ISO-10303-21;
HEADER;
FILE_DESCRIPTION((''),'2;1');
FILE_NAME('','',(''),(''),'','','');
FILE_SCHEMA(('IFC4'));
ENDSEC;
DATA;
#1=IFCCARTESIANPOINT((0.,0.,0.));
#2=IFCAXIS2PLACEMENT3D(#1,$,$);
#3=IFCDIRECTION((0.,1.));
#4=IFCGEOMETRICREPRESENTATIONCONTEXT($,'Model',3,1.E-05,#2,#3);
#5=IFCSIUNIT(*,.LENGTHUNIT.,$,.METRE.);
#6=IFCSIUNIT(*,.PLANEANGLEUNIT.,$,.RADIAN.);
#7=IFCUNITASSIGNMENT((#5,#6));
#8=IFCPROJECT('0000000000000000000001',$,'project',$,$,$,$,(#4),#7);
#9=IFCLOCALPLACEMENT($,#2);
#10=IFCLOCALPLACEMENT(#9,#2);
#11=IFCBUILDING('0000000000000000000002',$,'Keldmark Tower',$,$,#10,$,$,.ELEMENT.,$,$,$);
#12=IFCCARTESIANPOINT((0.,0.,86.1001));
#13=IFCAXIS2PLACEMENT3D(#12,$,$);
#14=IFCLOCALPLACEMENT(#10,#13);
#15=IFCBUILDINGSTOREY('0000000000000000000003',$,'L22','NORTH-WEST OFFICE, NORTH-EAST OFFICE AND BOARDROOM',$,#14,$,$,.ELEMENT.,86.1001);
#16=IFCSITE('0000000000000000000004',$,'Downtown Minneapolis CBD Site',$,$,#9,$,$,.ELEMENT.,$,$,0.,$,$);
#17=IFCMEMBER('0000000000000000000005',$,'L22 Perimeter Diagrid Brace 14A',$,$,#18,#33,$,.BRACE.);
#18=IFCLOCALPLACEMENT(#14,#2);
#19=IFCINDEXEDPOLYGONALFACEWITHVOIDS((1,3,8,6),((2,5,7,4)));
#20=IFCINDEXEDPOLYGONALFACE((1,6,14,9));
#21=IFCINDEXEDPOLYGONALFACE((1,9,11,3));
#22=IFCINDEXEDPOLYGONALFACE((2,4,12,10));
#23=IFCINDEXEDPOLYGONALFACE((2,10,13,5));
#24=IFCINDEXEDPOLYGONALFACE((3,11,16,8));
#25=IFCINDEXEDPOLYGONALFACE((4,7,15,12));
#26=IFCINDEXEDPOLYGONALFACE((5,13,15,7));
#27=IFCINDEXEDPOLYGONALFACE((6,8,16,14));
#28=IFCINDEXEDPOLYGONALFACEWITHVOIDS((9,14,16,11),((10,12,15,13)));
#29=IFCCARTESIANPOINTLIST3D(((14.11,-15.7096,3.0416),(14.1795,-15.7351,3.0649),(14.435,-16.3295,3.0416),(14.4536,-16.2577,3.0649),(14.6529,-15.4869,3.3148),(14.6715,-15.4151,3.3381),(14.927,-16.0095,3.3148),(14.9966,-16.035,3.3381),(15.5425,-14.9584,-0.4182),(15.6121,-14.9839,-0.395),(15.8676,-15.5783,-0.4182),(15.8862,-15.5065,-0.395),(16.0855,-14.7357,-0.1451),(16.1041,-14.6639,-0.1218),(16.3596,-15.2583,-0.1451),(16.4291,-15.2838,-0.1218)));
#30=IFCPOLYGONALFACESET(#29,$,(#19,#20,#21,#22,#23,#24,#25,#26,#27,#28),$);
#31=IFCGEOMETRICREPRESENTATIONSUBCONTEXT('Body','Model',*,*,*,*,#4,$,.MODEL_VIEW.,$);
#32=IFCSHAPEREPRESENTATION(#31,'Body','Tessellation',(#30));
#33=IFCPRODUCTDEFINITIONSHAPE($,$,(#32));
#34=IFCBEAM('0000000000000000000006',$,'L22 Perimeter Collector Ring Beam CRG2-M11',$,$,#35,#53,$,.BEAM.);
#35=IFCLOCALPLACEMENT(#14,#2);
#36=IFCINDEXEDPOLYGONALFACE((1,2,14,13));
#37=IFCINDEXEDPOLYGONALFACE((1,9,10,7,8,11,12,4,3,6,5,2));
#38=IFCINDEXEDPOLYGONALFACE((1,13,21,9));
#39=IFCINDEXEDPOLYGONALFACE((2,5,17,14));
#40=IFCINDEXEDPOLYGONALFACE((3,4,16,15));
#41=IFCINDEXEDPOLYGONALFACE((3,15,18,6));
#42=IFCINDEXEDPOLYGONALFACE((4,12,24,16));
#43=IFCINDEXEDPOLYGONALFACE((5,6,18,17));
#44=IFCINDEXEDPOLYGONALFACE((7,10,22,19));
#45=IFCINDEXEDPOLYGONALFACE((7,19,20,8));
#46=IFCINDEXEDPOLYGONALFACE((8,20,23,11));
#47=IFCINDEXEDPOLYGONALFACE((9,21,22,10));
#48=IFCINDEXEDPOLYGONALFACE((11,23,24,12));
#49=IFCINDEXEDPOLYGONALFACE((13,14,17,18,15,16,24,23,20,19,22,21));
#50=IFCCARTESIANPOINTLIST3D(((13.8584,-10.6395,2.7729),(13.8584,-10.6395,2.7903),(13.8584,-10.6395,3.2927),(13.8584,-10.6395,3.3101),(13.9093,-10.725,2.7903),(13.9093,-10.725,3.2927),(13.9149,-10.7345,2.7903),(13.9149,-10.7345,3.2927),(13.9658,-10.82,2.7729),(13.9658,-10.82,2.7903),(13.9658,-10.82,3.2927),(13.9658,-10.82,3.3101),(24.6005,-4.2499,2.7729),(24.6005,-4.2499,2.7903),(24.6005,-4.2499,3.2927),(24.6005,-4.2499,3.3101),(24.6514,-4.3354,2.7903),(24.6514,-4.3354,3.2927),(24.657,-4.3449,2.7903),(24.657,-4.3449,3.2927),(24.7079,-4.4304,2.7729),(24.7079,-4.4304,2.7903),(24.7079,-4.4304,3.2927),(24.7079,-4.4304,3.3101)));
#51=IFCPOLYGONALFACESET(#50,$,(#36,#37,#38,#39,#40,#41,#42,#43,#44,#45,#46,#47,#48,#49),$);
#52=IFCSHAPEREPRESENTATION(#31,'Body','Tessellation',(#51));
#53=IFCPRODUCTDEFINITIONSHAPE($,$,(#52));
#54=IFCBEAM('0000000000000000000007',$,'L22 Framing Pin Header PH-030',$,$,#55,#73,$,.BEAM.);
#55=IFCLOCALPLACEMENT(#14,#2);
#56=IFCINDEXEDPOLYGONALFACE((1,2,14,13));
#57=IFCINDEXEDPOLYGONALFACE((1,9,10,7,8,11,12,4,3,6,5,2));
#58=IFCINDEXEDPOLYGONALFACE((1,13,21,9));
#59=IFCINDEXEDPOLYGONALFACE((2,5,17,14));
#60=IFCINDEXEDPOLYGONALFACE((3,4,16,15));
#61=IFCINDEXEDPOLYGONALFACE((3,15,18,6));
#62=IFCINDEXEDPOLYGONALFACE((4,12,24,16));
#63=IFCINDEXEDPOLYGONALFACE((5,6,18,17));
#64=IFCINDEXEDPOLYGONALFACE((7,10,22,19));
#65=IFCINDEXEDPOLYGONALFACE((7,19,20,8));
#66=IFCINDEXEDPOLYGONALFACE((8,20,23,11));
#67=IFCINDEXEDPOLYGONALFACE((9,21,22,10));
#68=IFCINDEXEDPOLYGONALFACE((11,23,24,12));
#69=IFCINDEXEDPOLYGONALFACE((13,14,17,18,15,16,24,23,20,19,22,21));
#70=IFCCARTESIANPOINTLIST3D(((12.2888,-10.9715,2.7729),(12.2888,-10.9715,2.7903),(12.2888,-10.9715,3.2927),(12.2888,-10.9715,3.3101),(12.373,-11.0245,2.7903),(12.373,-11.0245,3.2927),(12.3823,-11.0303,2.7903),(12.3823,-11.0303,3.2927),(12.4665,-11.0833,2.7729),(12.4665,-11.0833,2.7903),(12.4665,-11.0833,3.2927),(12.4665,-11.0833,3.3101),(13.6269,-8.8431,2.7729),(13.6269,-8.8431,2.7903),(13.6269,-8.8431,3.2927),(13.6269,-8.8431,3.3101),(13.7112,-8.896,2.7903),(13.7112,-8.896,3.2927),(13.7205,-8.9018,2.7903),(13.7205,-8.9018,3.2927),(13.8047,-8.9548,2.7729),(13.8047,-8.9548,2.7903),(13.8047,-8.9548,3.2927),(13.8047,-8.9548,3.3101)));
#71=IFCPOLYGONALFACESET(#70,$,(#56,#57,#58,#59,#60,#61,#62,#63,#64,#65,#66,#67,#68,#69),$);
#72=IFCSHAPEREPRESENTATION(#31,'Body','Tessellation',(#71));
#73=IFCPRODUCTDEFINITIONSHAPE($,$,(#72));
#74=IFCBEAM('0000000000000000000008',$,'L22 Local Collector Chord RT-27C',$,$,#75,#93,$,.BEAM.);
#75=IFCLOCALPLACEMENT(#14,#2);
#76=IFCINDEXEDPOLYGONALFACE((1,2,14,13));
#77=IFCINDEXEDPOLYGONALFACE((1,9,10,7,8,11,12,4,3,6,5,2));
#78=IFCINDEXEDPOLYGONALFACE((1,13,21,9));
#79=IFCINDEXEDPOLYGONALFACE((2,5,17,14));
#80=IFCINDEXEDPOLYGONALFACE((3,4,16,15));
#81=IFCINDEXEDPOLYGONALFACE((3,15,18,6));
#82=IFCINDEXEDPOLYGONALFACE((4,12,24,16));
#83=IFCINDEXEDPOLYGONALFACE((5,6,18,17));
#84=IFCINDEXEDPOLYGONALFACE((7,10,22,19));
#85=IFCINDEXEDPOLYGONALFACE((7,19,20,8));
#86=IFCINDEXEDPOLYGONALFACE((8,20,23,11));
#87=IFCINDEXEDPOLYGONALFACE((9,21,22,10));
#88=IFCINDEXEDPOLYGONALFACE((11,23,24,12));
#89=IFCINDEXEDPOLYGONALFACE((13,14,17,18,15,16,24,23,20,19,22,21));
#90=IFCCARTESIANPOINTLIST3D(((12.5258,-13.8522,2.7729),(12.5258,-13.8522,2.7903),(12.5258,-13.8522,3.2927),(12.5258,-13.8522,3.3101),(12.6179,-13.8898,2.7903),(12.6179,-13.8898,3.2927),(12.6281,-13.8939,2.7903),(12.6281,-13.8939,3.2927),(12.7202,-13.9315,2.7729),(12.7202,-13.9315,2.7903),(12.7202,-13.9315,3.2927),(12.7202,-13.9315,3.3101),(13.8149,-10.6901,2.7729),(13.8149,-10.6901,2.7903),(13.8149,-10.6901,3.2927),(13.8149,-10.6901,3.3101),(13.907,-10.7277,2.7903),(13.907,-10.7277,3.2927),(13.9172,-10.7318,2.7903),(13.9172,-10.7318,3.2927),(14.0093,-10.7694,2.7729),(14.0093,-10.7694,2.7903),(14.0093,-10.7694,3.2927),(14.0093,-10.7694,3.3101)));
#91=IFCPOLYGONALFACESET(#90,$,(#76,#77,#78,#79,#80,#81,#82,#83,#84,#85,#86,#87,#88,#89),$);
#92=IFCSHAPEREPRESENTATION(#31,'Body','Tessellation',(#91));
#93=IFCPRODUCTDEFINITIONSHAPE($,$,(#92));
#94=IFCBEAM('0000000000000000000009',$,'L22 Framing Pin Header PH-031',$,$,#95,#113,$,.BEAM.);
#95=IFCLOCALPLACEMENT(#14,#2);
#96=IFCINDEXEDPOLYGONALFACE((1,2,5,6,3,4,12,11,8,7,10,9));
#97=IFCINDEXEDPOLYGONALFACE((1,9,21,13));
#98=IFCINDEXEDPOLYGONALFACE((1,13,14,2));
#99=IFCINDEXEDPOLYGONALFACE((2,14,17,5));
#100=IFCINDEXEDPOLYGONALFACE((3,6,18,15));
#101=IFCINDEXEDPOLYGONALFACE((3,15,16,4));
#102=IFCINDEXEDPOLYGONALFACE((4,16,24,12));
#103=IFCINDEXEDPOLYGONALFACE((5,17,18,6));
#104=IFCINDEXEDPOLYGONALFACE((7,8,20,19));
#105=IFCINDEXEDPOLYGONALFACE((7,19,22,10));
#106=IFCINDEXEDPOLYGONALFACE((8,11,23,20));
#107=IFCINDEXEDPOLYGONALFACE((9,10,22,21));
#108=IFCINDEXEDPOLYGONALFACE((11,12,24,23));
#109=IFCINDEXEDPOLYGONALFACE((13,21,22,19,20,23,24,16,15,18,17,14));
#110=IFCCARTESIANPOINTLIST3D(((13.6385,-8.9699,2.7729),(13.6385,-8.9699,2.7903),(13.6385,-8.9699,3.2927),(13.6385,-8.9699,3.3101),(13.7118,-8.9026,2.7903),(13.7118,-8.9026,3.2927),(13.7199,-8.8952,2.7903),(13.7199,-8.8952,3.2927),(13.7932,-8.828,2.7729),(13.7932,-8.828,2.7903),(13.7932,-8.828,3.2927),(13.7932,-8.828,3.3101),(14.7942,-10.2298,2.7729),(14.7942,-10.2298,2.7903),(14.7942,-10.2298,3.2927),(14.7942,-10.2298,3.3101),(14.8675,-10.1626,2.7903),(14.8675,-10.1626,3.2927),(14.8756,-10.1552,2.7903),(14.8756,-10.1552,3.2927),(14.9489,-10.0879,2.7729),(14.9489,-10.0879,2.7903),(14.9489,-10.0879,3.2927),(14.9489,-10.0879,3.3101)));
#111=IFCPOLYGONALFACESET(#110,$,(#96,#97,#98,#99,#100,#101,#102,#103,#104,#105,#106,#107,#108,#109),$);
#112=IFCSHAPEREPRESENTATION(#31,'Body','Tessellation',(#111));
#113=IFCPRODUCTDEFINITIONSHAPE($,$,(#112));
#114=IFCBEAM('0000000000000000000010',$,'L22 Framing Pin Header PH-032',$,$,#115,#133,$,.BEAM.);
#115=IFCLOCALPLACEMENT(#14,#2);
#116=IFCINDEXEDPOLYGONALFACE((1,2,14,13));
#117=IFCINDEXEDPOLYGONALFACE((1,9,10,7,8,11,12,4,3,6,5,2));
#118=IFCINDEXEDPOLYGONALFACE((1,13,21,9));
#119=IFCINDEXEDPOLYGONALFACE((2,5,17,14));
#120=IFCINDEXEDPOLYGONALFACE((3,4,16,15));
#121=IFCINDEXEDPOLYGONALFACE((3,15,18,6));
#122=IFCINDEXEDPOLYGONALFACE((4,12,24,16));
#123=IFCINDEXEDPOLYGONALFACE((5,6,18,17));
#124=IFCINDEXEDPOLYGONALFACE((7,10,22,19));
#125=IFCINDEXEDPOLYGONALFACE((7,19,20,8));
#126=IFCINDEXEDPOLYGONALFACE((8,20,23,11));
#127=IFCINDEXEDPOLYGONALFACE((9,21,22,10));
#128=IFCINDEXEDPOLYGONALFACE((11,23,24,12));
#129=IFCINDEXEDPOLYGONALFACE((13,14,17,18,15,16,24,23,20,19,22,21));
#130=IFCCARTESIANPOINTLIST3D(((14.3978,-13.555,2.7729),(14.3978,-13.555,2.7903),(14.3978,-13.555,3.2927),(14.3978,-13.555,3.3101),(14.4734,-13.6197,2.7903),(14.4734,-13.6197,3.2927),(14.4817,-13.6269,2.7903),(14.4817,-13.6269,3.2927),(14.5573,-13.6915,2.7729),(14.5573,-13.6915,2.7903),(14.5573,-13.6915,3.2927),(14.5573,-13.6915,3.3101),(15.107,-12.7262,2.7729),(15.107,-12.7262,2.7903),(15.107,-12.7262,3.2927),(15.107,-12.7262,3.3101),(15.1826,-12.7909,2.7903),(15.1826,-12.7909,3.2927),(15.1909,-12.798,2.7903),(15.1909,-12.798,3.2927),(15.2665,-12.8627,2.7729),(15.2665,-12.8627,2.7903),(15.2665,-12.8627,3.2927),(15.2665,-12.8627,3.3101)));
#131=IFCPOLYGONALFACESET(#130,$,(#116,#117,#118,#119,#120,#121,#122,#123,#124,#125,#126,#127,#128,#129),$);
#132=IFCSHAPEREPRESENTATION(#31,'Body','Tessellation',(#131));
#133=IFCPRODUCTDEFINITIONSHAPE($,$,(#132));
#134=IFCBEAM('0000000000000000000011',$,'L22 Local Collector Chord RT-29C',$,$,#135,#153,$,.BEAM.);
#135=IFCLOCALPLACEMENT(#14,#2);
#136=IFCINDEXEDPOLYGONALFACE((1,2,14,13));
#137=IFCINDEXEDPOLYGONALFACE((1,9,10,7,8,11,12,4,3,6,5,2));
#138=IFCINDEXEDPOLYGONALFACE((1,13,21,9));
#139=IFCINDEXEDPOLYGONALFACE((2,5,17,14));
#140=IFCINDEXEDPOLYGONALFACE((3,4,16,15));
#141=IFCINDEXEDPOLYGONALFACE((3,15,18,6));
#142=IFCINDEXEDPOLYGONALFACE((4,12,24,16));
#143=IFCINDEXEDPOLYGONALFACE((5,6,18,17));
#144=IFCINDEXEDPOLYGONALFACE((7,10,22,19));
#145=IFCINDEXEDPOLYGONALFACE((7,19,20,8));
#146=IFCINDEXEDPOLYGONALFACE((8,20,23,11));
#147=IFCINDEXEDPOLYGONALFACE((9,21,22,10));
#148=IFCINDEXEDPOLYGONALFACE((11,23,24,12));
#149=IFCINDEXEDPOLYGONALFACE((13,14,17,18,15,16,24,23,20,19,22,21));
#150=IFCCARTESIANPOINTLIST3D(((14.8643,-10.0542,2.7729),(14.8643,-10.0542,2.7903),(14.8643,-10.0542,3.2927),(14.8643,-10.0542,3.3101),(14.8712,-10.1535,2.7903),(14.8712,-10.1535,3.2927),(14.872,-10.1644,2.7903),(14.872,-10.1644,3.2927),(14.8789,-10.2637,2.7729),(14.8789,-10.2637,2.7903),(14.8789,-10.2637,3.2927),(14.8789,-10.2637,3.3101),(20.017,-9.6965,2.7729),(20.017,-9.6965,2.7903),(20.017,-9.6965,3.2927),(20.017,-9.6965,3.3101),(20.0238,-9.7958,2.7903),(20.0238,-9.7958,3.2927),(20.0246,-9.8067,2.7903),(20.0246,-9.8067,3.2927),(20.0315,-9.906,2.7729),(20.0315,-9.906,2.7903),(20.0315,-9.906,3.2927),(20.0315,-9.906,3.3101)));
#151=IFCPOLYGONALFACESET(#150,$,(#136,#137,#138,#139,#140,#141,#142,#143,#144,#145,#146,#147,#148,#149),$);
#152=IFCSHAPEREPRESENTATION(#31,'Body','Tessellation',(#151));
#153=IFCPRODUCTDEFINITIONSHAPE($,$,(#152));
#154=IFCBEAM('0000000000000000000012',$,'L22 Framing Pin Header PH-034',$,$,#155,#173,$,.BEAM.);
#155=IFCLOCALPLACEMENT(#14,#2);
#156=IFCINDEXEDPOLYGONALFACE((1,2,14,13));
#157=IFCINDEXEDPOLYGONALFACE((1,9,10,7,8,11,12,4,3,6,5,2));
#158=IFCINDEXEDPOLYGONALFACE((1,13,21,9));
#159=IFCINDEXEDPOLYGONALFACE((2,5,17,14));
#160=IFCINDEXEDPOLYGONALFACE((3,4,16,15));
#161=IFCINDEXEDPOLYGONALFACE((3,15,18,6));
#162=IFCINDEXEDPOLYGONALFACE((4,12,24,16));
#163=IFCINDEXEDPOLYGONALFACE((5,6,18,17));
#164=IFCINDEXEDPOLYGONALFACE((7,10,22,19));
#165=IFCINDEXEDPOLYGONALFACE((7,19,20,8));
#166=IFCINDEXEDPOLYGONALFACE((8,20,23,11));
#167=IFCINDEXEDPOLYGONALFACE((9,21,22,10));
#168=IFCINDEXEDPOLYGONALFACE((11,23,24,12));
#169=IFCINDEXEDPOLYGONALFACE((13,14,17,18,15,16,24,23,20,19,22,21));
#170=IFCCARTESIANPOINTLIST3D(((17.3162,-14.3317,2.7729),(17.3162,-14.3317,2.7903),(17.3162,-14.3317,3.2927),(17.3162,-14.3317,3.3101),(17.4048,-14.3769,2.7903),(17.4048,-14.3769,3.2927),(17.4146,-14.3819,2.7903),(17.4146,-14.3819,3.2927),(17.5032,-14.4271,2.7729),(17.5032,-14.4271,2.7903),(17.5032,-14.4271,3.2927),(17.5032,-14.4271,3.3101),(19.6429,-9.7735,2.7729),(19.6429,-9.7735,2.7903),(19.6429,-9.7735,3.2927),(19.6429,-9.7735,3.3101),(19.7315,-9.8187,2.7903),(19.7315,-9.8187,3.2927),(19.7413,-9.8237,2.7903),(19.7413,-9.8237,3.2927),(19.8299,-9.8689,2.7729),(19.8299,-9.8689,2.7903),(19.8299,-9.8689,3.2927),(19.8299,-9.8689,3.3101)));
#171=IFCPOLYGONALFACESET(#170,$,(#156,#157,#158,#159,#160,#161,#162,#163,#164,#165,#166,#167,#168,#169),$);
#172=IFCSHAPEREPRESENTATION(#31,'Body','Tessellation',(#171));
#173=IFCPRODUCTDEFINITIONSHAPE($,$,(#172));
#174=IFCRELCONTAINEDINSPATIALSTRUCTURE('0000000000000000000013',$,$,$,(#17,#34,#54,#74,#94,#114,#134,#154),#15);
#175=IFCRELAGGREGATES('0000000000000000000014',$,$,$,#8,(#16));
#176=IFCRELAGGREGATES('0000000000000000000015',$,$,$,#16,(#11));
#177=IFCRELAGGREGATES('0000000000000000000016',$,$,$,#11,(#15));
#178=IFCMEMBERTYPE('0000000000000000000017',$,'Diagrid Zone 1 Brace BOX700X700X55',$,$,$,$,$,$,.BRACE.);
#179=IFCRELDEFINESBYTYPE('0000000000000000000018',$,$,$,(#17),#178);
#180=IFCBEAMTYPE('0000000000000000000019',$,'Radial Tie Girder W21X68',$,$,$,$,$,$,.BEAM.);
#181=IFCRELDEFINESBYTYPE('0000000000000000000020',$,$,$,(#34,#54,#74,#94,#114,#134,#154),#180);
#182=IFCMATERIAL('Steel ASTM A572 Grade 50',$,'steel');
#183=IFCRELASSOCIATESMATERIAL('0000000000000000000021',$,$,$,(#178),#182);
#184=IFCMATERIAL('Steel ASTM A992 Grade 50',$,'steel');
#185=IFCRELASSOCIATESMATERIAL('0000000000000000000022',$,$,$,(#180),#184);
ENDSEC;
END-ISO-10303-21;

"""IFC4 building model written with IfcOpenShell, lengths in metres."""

from ifc_helpers import new_model, si_unit, direction, frame, origin, origin_2d, place, context, subcontext, project, spatial, hollow_rectangle, i_section, extrude, material, material_profile, profile_set, type_object, element, save


model = new_model("IFC4")

# Units and contexts
model_context = context("Model", 3, precision=1e-05, world=origin(), true_north=direction((0.0, 1.0)))
body_context = subcontext(model_context, "Body", "Model", "MODEL_VIEW")
ifc_project = project(units=[si_unit("LENGTHUNIT", "METRE"), si_unit("PLANEANGLEUNIT", "RADIAN")], contexts=[model_context])

# Site, building, storey
site_placement = place(None, origin())
site = spatial("IfcSite", under=ifc_project, at=site_placement, Name="Downtown Minneapolis CBD Site", CompositionType="ELEMENT", RefElevation=0.0)
building_placement = place(site_placement, origin())
building = spatial("IfcBuilding", under=site, at=building_placement, Name="Keldmark Tower", CompositionType="ELEMENT")
storey_placement = place(building_placement, frame((0.0, 0.0, 86.1001)))
storey = spatial("IfcBuildingStorey", under=building, at=storey_placement, Name="L22", Description="NORTH-WEST OFFICE, NORTH-EAST OFFICE AND BOARDROOM", CompositionType="ELEMENT", Elevation=86.1001)

# Member
ifc_material_1 = material(Name="Steel ASTM A572 Grade 50", Category="steel")
ifc_material_profile_1 = material_profile(ifc_material_1, hollow_rectangle(XDim=0.7, YDim=0.7, WallThickness=0.0549, at=origin_2d()), Name="BOX700X700X55")
ifc_profile_set_1 = profile_set([ifc_material_profile_1], Name="Steel ASTM A572 Grade 50")
member_type = type_object("IfcMemberType", Name="Diagrid Zone 1 Brace BOX700X700X55", PredefinedType="BRACE", material=ifc_profile_set_1)
member_placement = place(storey_placement, frame((15.9858, -15.1211, -0.27), z_axis=(-0.375087, -0.196684, 0.905884), x_axis=(0.464396, -0.885628, 0.0)))
element("IfcMember", 1, at=member_placement, inside=storey, type_object=member_type, Name="L22 Perimeter Diagrid Brace 14A", PredefinedType="BRACE", context=body_context, shape_type="SweptSolid", body=[
    extrude(hollow_rectangle(XDim=0.7, YDim=0.7, WallThickness=0.0549, at=origin_2d()), origin(), (0.0, 0.0, 1.0), 3.8193),
])

# Beams
ifc_material_2 = material(Name="Steel ASTM A992 Grade 50", Category="steel")
ifc_material_profile_2 = material_profile(ifc_material_2, i_section(OverallWidth=0.21, OverallDepth=0.5371, WebThickness=0.011, FlangeThickness=0.0173, at=origin_2d()), Name="W21X68")
ifc_profile_set_2 = profile_set([ifc_material_profile_2], Name="Steel ASTM A992 Grade 50")
beam_type_1 = type_object("IfcBeamType", Name="Radial Tie Girder W21X68", PredefinedType="BEAM", material=ifc_profile_set_2)
beam_1_placement = place(storey_placement, frame((13.9121, -10.7297, 3.0415), z_axis=(0.859451, 0.511217, 0.0), x_axis=(-0.511217, 0.859451, 0.0)))
element("IfcBeam", 2, at=beam_1_placement, inside=storey, type_object=beam_type_1, Name="L22 Perimeter Collector Ring Beam CRG2-M11", PredefinedType="BEAM", context=body_context, shape_type="SweptSolid", body=[
    extrude(i_section(OverallWidth=0.21, OverallDepth=0.5371, WebThickness=0.011, FlangeThickness=0.0173, at=origin_2d()), origin(), (0.0, 0.0, 1.0), 12.4988),
])
beam_2_placement = place(storey_placement, frame((13.7158, -8.8989, 3.0415), z_axis=(-0.532249, -0.846588, 0.0), x_axis=(0.846588, -0.532249, 0.0)))
element("IfcBeam", 3, at=beam_2_placement, inside=storey, type_object=beam_type_1, Name="L22 Framing Pin Header PH-030", PredefinedType="BEAM", context=body_context, shape_type="SweptSolid", body=[
    extrude(i_section(OverallWidth=0.21, OverallDepth=0.5371, WebThickness=0.011, FlangeThickness=0.0173, at=origin_2d()), origin(), (0.0, 0.0, 1.0), 2.5142),
])
beam_3_placement = place(storey_placement, frame((13.9121, -10.7297, 3.0415), z_axis=(-0.377497, -0.926011, 0.0), x_axis=(0.926011, -0.377497, 0.0)))
element("IfcBeam", 4, at=beam_3_placement, inside=storey, type_object=beam_type_1, Name="L22 Local Collector Chord RT-27C", PredefinedType="BEAM", context=body_context, shape_type="SweptSolid", body=[
    extrude(i_section(OverallWidth=0.21, OverallDepth=0.5371, WebThickness=0.011, FlangeThickness=0.0173, at=origin_2d()), origin(), (0.0, 0.0, 1.0), 3.4148),
])
beam_4_placement = place(storey_placement, frame((13.7158, -8.8989, 3.0415), z_axis=(0.675964, -0.736935, 0.0), x_axis=(0.736935, 0.675964, 0.0)))
element("IfcBeam", 5, at=beam_4_placement, inside=storey, type_object=beam_type_1, Name="L22 Framing Pin Header PH-031", PredefinedType="BEAM", context=body_context, shape_type="SweptSolid", body=[
    extrude(i_section(OverallWidth=0.21, OverallDepth=0.5371, WebThickness=0.011, FlangeThickness=0.0173, at=origin_2d()), origin(), (0.0, 0.0, 1.0), 1.7097),
])
beam_5_placement = place(storey_placement, frame((14.4775, -13.6233, 3.0415), z_axis=(0.650146, 0.759809, 0.0), x_axis=(-0.759809, 0.650146, 0.0)))
element("IfcBeam", 6, at=beam_5_placement, inside=storey, type_object=beam_type_1, Name="L22 Framing Pin Header PH-032", PredefinedType="BEAM", context=body_context, shape_type="SweptSolid", body=[
    extrude(i_section(OverallWidth=0.21, OverallDepth=0.5371, WebThickness=0.011, FlangeThickness=0.0173, at=origin_2d()), origin(), (0.0, 0.0, 1.0), 1.0908),
])
beam_6_placement = place(storey_placement, frame((14.8716, -10.1589, 3.0415), z_axis=(0.997599, 0.069248, 0.0), x_axis=(-0.069248, 0.997599, 0.0)))
element("IfcBeam", 7, at=beam_6_placement, inside=storey, type_object=beam_type_1, Name="L22 Local Collector Chord RT-29C", PredefinedType="BEAM", context=body_context, shape_type="SweptSolid", body=[
    extrude(i_section(OverallWidth=0.21, OverallDepth=0.5371, WebThickness=0.011, FlangeThickness=0.0173, at=origin_2d()), origin(), (0.0, 0.0, 1.0), 5.165),
])
beam_7_placement = place(storey_placement, frame((17.4097, -14.3794, 3.0415), z_axis=(0.45464, 0.890675, 0.0), x_axis=(-0.890675, 0.45464, 0.0)))
element("IfcBeam", 8, at=beam_7_placement, inside=storey, type_object=beam_type_1, Name="L22 Framing Pin Header PH-034", PredefinedType="BEAM", context=body_context, shape_type="SweptSolid", body=[
    extrude(i_section(OverallWidth=0.21, OverallDepth=0.5371, WebThickness=0.011, FlangeThickness=0.0173, at=origin_2d()), origin(), (0.0, 0.0, 1.0), 5.1177),
])

save(model, "model.ifc")
